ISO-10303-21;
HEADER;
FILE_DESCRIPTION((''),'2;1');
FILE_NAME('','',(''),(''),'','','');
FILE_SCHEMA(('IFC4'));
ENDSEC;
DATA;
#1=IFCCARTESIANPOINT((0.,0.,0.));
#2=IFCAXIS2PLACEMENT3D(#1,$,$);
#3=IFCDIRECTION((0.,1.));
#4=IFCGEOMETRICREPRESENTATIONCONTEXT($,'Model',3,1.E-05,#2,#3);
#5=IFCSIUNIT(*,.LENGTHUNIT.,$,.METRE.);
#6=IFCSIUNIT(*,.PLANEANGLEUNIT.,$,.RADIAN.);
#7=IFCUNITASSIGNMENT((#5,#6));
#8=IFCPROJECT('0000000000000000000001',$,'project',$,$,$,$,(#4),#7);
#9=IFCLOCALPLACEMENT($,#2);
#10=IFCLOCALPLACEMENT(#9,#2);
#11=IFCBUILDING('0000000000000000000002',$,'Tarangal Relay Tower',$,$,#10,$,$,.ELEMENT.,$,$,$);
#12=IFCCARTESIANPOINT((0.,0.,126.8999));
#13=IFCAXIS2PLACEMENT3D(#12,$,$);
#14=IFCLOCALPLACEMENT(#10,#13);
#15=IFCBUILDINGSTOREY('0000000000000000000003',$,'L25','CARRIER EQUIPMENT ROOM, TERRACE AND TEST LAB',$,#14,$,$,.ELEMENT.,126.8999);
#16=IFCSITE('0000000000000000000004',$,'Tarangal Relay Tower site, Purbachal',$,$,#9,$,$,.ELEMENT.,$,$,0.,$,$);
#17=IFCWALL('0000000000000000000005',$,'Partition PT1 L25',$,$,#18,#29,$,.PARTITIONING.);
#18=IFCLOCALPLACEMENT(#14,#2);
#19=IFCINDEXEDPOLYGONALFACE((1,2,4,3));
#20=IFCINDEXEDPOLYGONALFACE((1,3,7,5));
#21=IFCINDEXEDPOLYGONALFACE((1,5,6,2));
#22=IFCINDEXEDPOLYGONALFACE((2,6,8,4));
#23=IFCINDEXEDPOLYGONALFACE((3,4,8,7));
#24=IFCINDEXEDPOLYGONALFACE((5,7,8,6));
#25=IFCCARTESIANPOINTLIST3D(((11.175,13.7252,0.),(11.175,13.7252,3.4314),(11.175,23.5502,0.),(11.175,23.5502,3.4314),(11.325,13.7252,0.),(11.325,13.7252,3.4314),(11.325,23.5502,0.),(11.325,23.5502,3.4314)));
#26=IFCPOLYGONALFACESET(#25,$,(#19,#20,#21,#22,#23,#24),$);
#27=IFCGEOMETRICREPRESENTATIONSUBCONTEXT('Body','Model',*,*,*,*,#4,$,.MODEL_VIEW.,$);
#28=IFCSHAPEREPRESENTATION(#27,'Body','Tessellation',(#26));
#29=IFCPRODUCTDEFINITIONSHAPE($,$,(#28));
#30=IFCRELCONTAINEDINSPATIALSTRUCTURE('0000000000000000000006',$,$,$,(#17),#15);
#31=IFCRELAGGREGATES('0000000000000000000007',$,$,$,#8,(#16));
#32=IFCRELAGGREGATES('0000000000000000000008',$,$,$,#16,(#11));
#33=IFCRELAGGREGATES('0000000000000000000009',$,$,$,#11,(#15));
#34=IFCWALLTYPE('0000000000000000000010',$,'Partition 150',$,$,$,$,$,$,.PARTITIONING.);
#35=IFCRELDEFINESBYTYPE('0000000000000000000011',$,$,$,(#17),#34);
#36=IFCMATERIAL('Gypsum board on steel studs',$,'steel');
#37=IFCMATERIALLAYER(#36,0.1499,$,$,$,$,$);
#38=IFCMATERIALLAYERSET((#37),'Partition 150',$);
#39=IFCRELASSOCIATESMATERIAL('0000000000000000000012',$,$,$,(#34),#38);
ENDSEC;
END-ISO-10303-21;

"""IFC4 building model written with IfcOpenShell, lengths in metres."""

from ifc_helpers import new_model, si_unit, direction, frame, frame_2d, origin, place, context, subcontext, project, spatial, rectangle, extrude, material, layer, layer_set, type_object, element, save


model = new_model("IFC4")

# Units and contexts
model_context = context("Model", 3, precision=1e-05, world=origin(), true_north=direction((0.0, 1.0)))
body_context = subcontext(model_context, "Body", "Model", "MODEL_VIEW")
ifc_project = project(units=[si_unit("LENGTHUNIT", "METRE"), si_unit("PLANEANGLEUNIT", "RADIAN")], contexts=[model_context])

# Site, building, storey
site_placement = place(None, origin())
site = spatial("IfcSite", under=ifc_project, at=site_placement, Name="Tarangal Relay Tower site, Purbachal", CompositionType="ELEMENT", RefElevation=0.0)
building_placement = place(site_placement, origin())
building = spatial("IfcBuilding", under=site, at=building_placement, Name="Tarangal Relay Tower", CompositionType="ELEMENT")
storey_placement = place(building_placement, frame((0.0, 0.0, 126.8999)))
storey = spatial("IfcBuildingStorey", under=building, at=storey_placement, Name="L25", Description="CARRIER EQUIPMENT ROOM, TERRACE AND TEST LAB", CompositionType="ELEMENT", Elevation=126.8999)

# Wall
ifc_material_1 = material(Name="Gypsum board on steel studs", Category="steel")
ifc_layer_1 = layer(ifc_material_1, 0.1499)
ifc_layer_set_1 = layer_set([ifc_layer_1], Name="Partition 150")
wall_type_1 = type_object("IfcWallType", Name="Partition 150", PredefinedType="PARTITIONING", material=ifc_layer_set_1)
wall_1_placement = place(storey_placement, frame((11.25, 13.7251, 0.0), z_axis=(0.0, 0.0, 1.0), x_axis=(0.0, 1.0, 0.0)))
element("IfcWall", 1, at=wall_1_placement, inside=storey, type_object=wall_type_1, Name="Partition PT1 L25", PredefinedType="PARTITIONING", context=body_context, shape_type="SweptSolid", body=[
    extrude(rectangle(XDim=9.825, YDim=0.1499, at=frame_2d((4.9126, 0.0))), origin(), (0.0, 0.0, 1.0), 3.4314),
])

save(model, "model.ifc")
